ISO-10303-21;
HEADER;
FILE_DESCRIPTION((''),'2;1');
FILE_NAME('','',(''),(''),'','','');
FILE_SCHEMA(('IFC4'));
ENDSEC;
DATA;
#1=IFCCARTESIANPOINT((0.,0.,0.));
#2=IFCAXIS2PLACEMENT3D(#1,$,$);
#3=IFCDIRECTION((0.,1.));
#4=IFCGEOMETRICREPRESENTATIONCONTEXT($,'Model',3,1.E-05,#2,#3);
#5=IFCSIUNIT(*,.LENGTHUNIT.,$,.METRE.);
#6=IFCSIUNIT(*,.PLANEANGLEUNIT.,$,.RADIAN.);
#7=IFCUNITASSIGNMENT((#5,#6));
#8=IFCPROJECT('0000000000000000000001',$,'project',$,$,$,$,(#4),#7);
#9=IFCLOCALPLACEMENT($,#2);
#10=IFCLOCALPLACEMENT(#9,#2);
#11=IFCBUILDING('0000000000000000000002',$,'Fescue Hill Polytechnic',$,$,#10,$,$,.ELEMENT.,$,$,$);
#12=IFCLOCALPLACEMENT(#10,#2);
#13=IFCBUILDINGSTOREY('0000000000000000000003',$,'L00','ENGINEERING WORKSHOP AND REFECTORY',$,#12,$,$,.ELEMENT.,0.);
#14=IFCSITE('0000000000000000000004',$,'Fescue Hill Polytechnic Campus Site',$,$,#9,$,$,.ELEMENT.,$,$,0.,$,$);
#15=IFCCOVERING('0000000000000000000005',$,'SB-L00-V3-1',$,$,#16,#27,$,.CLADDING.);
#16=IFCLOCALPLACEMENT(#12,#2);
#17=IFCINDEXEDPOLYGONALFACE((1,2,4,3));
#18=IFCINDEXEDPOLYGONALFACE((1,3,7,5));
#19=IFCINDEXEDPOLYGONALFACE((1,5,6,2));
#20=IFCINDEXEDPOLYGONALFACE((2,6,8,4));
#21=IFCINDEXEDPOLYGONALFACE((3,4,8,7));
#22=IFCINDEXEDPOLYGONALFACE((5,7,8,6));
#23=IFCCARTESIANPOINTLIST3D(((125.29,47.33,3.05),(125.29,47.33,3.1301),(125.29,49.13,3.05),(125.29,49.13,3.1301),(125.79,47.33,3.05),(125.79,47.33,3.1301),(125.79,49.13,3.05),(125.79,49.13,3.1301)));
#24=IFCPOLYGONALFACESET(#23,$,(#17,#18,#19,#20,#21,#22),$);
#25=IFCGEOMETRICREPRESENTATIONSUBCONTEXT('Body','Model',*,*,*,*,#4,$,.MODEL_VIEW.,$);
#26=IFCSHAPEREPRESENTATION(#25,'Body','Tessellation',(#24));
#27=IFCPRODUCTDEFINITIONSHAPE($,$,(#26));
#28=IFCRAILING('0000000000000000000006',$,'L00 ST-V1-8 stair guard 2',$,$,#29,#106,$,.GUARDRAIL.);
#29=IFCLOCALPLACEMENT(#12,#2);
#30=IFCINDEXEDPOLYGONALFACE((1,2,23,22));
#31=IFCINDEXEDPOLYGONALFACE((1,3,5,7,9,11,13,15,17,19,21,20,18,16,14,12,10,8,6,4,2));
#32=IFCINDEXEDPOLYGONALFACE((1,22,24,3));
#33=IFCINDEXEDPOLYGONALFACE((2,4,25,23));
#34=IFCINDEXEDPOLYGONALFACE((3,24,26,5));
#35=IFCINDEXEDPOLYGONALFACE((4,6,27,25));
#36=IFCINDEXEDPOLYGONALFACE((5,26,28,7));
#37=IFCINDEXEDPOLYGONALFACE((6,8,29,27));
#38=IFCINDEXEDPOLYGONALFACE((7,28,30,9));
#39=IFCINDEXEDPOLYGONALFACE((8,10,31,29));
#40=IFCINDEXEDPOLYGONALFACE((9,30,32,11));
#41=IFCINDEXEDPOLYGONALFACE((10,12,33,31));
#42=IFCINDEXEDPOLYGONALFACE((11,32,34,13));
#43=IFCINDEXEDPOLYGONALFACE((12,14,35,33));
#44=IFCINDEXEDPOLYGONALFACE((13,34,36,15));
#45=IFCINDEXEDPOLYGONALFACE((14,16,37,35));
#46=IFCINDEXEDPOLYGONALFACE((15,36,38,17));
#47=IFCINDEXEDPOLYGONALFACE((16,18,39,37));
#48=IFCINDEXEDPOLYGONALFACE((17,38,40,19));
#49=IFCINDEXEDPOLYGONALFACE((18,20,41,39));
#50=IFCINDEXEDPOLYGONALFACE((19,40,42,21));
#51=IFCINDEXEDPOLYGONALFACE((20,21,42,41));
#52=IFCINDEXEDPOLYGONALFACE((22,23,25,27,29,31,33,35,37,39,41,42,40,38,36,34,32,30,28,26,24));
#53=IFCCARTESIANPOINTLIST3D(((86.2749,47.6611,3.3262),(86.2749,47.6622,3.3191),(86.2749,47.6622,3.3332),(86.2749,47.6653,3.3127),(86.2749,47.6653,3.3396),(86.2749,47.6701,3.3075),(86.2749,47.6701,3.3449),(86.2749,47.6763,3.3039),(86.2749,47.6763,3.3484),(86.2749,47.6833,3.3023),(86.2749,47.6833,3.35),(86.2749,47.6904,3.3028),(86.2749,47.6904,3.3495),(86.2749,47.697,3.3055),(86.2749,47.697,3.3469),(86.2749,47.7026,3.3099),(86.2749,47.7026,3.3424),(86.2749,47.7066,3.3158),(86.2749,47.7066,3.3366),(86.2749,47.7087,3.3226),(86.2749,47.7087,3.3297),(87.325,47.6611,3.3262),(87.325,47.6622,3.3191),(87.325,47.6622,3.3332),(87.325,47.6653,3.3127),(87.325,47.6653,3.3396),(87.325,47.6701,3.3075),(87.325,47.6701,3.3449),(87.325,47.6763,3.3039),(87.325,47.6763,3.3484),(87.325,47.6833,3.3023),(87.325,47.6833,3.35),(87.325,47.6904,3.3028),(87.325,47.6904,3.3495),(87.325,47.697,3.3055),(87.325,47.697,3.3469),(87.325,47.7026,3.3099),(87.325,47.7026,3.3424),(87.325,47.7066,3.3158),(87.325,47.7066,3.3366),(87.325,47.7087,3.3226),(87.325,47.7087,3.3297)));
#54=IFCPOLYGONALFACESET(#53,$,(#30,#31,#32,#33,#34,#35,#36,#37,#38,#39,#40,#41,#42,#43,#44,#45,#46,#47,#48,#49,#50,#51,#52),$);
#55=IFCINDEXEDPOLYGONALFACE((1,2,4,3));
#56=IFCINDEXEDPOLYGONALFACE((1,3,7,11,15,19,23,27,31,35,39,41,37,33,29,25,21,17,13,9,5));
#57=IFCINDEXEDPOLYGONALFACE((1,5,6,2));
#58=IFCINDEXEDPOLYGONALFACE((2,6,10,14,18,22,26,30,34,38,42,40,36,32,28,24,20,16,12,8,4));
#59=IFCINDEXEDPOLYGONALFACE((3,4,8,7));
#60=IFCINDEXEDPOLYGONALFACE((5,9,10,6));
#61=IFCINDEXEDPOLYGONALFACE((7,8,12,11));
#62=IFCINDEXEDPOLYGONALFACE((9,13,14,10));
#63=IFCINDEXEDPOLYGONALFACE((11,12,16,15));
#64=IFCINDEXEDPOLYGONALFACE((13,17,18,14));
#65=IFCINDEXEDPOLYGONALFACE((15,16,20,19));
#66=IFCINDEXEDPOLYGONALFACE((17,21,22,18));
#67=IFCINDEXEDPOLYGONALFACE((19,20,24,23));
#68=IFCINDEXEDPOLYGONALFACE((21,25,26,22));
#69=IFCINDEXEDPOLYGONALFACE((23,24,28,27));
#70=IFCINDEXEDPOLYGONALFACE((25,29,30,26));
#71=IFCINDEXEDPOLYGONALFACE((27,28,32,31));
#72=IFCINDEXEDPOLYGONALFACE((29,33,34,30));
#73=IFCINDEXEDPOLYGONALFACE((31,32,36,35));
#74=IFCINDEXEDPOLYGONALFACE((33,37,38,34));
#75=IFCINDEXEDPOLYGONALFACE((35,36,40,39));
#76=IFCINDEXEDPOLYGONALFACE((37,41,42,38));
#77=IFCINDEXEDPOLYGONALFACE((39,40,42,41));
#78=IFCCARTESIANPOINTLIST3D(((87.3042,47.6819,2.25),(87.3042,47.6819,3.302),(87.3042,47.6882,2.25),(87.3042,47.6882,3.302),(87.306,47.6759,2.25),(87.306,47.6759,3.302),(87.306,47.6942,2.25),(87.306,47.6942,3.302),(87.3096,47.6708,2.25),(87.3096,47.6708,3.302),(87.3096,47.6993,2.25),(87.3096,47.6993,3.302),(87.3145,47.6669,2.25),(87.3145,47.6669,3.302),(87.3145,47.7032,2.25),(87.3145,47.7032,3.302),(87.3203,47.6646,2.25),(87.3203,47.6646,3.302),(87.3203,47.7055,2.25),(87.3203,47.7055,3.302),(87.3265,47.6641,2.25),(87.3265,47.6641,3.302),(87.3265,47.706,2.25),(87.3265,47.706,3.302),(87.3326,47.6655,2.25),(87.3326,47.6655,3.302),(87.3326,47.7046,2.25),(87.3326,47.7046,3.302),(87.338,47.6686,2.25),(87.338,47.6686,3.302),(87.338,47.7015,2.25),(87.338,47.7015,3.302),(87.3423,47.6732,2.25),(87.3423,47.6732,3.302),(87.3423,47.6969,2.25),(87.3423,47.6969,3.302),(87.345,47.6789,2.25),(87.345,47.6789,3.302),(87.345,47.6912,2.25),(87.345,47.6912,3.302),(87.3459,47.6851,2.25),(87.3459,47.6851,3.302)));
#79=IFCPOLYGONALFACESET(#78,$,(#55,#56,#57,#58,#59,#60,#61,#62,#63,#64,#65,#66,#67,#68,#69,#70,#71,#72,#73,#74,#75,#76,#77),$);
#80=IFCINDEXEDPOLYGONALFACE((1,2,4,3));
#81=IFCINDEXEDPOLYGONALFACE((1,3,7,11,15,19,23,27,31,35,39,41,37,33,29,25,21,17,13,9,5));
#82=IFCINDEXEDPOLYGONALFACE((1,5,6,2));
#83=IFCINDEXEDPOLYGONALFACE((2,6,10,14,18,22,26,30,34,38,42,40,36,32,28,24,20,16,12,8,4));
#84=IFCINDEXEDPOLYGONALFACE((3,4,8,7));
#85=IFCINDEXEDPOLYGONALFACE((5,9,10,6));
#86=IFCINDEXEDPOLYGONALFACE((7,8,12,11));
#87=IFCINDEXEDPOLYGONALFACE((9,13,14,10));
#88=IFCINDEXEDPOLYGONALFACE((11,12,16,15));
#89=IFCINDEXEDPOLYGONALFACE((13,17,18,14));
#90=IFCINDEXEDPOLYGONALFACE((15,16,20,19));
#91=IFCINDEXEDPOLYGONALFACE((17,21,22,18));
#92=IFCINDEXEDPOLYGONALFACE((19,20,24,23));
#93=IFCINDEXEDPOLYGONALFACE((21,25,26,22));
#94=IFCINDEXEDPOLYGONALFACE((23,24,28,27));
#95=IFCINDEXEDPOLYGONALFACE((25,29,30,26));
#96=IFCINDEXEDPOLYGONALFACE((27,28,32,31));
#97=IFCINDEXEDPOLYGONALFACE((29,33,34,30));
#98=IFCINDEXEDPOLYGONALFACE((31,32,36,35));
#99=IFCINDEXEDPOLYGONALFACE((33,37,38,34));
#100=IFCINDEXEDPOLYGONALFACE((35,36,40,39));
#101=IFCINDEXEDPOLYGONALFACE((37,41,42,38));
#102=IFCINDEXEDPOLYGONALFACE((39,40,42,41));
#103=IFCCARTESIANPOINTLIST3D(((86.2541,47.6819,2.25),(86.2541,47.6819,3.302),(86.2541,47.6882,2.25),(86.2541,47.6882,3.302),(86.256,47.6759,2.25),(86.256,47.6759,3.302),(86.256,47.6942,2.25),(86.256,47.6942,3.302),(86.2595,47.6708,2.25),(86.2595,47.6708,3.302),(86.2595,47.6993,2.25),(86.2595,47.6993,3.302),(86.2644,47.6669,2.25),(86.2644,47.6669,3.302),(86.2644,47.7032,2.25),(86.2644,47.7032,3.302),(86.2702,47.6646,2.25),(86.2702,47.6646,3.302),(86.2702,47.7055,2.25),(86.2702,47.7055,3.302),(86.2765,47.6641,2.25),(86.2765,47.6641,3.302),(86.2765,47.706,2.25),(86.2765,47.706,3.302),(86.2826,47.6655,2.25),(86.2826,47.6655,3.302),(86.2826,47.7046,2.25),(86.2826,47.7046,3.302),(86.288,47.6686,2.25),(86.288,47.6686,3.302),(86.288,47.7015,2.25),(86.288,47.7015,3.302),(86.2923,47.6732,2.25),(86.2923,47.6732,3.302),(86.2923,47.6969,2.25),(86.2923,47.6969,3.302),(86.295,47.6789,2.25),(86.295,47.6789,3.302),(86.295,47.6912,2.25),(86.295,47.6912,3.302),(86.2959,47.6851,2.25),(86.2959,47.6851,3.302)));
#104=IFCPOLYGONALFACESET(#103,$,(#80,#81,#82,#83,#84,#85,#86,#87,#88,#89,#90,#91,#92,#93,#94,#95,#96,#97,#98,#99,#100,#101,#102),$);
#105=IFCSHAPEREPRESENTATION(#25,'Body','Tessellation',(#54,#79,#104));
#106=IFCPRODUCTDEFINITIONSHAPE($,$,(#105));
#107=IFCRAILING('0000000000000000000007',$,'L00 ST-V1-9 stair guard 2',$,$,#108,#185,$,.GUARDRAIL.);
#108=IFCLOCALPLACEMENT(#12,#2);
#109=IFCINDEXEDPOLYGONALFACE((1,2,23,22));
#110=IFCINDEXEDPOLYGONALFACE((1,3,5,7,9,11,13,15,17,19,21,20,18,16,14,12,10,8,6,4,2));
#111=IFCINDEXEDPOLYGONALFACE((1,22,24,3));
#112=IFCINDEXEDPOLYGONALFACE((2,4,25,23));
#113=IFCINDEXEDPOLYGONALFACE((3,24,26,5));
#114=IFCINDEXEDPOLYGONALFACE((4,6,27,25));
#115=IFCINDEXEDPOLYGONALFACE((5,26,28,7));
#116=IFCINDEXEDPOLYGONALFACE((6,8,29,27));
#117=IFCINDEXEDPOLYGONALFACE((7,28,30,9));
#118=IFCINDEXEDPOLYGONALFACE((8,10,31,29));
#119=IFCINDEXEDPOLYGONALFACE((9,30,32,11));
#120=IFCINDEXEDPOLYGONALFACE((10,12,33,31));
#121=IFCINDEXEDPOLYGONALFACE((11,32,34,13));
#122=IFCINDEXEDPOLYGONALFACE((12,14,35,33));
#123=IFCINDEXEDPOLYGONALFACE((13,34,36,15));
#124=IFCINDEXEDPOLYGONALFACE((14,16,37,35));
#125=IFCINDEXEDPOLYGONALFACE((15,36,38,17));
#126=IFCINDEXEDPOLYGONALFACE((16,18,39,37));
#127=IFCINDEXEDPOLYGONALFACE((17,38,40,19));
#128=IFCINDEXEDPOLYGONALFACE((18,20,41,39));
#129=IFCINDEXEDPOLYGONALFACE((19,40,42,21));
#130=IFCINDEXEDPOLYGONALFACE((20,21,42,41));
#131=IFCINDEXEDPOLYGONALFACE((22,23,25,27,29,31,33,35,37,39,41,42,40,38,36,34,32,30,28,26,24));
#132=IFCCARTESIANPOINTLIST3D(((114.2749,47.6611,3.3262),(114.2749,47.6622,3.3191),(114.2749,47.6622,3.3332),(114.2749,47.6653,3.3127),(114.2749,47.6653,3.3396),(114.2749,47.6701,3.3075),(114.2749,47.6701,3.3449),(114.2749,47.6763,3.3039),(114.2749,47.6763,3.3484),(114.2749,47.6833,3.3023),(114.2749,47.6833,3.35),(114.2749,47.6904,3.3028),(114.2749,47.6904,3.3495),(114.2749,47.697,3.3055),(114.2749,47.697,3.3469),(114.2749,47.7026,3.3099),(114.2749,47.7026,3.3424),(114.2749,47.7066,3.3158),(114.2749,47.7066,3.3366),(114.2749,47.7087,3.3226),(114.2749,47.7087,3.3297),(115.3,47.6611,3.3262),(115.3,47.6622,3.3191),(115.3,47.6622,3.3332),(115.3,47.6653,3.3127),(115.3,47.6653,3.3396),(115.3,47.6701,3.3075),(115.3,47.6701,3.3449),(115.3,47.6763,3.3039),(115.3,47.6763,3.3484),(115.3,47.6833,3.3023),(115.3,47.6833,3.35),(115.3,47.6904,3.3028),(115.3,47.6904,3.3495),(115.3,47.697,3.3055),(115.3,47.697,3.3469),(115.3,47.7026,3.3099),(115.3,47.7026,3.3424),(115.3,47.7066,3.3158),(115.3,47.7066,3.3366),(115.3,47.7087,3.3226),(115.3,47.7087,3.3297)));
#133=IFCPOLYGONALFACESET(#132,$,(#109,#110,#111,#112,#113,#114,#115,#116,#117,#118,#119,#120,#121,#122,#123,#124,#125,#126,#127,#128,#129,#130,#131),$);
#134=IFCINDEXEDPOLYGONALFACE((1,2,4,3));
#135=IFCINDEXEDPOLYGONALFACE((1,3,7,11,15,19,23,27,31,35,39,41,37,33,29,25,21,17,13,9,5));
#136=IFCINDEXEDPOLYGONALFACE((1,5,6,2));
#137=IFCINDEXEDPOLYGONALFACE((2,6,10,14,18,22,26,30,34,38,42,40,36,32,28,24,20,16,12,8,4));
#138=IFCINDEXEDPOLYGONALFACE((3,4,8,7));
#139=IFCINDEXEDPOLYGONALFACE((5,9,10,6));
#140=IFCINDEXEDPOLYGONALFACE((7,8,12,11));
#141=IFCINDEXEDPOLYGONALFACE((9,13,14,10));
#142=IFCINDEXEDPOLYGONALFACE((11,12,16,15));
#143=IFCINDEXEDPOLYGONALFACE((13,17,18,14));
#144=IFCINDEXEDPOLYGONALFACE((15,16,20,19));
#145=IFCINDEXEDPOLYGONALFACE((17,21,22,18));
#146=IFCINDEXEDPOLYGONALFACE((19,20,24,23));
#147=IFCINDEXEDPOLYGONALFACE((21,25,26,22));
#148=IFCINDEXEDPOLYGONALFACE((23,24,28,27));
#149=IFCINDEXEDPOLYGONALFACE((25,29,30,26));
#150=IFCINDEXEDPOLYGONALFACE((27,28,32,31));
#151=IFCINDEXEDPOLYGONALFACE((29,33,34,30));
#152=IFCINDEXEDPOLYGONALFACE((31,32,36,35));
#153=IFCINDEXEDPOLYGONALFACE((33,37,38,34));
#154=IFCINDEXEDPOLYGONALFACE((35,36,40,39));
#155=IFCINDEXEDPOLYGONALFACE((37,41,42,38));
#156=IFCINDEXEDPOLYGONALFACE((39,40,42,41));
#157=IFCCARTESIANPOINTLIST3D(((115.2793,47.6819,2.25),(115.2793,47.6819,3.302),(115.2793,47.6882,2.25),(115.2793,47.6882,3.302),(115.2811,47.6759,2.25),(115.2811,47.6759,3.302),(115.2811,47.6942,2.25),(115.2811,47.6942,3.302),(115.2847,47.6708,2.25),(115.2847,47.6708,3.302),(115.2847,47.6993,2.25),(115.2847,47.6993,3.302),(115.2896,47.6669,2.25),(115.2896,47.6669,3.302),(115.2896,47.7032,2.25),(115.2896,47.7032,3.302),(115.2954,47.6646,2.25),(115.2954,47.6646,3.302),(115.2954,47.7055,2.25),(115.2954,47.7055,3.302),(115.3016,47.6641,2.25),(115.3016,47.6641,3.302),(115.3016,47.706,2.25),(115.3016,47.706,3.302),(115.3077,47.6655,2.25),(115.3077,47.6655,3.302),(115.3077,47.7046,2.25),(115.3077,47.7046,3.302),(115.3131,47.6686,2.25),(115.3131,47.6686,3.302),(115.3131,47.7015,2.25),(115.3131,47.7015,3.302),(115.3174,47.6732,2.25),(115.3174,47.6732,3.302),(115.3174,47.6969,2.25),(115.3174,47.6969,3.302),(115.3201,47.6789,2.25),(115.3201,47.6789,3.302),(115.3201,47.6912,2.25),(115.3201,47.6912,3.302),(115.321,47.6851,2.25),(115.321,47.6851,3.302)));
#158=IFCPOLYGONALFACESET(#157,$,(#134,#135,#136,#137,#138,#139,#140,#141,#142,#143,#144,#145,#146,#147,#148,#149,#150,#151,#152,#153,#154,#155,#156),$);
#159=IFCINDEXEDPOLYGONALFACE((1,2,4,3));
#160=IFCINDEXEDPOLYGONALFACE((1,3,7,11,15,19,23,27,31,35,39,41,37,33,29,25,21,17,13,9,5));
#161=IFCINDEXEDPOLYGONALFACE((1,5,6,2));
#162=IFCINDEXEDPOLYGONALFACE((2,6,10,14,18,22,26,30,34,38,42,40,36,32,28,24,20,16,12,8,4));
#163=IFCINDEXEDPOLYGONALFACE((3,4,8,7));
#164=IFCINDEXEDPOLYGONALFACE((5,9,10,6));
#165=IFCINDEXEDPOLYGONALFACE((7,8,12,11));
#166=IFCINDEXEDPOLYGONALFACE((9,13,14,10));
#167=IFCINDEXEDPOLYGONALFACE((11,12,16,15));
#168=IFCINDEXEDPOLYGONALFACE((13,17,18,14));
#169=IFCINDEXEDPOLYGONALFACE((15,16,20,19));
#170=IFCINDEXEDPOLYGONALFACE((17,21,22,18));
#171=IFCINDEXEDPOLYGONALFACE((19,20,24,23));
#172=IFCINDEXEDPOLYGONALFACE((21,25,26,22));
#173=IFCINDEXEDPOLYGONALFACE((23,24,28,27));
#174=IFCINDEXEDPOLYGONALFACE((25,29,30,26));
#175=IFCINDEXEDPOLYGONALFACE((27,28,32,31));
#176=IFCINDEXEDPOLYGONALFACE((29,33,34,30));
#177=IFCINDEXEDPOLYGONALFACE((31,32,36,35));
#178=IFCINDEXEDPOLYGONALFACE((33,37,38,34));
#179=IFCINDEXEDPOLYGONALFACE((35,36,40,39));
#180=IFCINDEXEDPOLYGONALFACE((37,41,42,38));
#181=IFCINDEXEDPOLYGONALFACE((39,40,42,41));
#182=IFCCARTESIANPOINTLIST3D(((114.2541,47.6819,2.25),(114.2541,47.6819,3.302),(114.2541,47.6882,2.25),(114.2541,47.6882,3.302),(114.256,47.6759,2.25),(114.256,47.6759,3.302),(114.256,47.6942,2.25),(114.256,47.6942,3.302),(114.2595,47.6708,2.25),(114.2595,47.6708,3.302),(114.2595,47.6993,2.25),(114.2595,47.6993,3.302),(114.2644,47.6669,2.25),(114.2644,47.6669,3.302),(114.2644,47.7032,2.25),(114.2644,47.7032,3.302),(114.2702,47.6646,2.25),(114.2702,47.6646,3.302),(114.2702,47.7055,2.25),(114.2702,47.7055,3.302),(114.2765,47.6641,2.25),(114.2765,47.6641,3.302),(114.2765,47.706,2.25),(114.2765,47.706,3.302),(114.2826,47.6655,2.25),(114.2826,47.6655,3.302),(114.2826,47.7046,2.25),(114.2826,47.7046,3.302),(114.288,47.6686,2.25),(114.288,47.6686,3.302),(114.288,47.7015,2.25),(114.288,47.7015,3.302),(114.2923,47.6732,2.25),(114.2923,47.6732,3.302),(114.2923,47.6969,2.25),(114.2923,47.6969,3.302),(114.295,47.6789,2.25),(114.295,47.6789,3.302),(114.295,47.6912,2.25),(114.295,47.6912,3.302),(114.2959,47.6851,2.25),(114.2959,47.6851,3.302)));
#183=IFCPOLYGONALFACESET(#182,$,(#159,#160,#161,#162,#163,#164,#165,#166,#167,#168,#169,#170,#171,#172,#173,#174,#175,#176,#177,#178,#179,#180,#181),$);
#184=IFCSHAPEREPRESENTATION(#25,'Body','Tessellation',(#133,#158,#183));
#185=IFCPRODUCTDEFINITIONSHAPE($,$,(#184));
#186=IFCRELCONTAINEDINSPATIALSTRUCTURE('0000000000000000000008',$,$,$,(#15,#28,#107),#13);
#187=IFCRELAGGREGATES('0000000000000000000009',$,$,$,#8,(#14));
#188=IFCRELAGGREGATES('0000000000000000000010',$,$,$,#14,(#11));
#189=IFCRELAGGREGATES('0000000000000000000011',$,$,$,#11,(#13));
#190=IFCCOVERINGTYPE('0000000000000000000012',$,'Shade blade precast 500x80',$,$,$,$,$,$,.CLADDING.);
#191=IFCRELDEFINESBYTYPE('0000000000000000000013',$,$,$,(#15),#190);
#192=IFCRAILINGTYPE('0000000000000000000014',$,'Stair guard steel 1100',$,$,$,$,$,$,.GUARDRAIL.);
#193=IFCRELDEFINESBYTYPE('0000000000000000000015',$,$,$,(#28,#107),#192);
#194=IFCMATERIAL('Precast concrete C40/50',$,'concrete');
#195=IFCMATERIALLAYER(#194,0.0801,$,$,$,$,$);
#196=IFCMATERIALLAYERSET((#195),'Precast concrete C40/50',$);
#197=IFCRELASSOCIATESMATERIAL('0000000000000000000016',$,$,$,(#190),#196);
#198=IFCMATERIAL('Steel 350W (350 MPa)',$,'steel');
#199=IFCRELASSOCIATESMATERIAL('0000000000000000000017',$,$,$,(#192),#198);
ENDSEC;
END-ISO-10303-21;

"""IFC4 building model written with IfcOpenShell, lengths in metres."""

from ifc_helpers import new_model, si_unit, direction, frame, origin, origin_2d, place, context, subcontext, project, spatial, rectangle, circle, extrude, material, layer, layer_set, type_object, element, save


model = new_model("IFC4")

# Units and contexts
model_context = context("Model", 3, precision=1e-05, world=origin(), true_north=direction((0.0, 1.0)))
body_context = subcontext(model_context, "Body", "Model", "MODEL_VIEW")
ifc_project = project(units=[si_unit("LENGTHUNIT", "METRE"), si_unit("PLANEANGLEUNIT", "RADIAN")], contexts=[model_context])

# Site, building, storey
site_placement = place(None, origin())
site = spatial("IfcSite", under=ifc_project, at=site_placement, Name="Fescue Hill Polytechnic Campus Site", CompositionType="ELEMENT", RefElevation=0.0)
building_placement = place(site_placement, origin())
building = spatial("IfcBuilding", under=site, at=building_placement, Name="Fescue Hill Polytechnic", CompositionType="ELEMENT")
storey_placement = place(building_placement, origin())
storey = spatial("IfcBuildingStorey", under=building, at=storey_placement, Name="L00", Description="ENGINEERING WORKSHOP AND REFECTORY", CompositionType="ELEMENT", Elevation=0.0)

# Covering
ifc_material_1 = material(Name="Precast concrete C40/50", Category="concrete")
ifc_layer_1 = layer(ifc_material_1, 0.0801)
ifc_layer_set_1 = layer_set([ifc_layer_1], Name="Precast concrete C40/50")
covering_type = type_object("IfcCoveringType", Name="Shade blade precast 500x80", PredefinedType="CLADDING", material=ifc_layer_set_1)
covering_placement = place(storey_placement, frame((125.54, 48.23, 3.05), z_axis=(0.0, 0.0, 1.0), x_axis=(0.0, -1.0, 0.0)))
element("IfcCovering", 1, at=covering_placement, inside=storey, type_object=covering_type, Name="SB-L00-V3-1", PredefinedType="CLADDING", context=body_context, shape_type="SweptSolid", body=[
    extrude(rectangle(XDim=1.8, YDim=0.5, at=origin_2d()), origin(), (0.0, 0.0, 1.0), 0.0801),
])

# Railings
ifc_material_2 = material(Name="Steel 350W (350 MPa)", Category="steel")
railing_type = type_object("IfcRailingType", Name="Stair guard steel 1100", PredefinedType="GUARDRAIL", material=ifc_material_2)
railing_1_placement = place(storey_placement, frame((87.325, 47.6851, 2.25)))
element("IfcRailing", 2, at=railing_1_placement, inside=storey, type_object=railing_type, Name="L00 ST-V1-8 stair guard 2", PredefinedType="GUARDRAIL", context=body_context, shape_type="SweptSolid", body=[
    extrude(circle(Radius=0.0239, at=origin_2d()), frame((0.0, 0.0, 1.0762), z_axis=(-1.0, 0.0, 0.0), x_axis=(0.0, -1.0, 0.0)), (0.0, 0.0, 1.0), 1.05),
    extrude(circle(Radius=0.021, at=origin_2d()), origin(), (0.0, 0.0, 1.0), 1.052),
    extrude(circle(Radius=0.021, at=origin_2d()), frame((-1.05, 0.0, 0.0)), (0.0, 0.0, 1.0), 1.052),
])
railing_2_placement = place(storey_placement, frame((115.3, 47.6851, 2.25)))
element("IfcRailing", 3, at=railing_2_placement, inside=storey, type_object=railing_type, Name="L00 ST-V1-9 stair guard 2", PredefinedType="GUARDRAIL", context=body_context, shape_type="SweptSolid", body=[
    extrude(circle(Radius=0.0239, at=origin_2d()), frame((0.0, 0.0, 1.0762), z_axis=(-1.0, 0.0, 0.0), x_axis=(0.0, -1.0, 0.0)), (0.0, 0.0, 1.0), 1.0251),
    extrude(circle(Radius=0.021, at=origin_2d()), origin(), (0.0, 0.0, 1.0), 1.052),
    extrude(circle(Radius=0.021, at=origin_2d()), frame((-1.0251, 0.0, 0.0)), (0.0, 0.0, 1.0), 1.052),
])

save(model, "model.ifc")
